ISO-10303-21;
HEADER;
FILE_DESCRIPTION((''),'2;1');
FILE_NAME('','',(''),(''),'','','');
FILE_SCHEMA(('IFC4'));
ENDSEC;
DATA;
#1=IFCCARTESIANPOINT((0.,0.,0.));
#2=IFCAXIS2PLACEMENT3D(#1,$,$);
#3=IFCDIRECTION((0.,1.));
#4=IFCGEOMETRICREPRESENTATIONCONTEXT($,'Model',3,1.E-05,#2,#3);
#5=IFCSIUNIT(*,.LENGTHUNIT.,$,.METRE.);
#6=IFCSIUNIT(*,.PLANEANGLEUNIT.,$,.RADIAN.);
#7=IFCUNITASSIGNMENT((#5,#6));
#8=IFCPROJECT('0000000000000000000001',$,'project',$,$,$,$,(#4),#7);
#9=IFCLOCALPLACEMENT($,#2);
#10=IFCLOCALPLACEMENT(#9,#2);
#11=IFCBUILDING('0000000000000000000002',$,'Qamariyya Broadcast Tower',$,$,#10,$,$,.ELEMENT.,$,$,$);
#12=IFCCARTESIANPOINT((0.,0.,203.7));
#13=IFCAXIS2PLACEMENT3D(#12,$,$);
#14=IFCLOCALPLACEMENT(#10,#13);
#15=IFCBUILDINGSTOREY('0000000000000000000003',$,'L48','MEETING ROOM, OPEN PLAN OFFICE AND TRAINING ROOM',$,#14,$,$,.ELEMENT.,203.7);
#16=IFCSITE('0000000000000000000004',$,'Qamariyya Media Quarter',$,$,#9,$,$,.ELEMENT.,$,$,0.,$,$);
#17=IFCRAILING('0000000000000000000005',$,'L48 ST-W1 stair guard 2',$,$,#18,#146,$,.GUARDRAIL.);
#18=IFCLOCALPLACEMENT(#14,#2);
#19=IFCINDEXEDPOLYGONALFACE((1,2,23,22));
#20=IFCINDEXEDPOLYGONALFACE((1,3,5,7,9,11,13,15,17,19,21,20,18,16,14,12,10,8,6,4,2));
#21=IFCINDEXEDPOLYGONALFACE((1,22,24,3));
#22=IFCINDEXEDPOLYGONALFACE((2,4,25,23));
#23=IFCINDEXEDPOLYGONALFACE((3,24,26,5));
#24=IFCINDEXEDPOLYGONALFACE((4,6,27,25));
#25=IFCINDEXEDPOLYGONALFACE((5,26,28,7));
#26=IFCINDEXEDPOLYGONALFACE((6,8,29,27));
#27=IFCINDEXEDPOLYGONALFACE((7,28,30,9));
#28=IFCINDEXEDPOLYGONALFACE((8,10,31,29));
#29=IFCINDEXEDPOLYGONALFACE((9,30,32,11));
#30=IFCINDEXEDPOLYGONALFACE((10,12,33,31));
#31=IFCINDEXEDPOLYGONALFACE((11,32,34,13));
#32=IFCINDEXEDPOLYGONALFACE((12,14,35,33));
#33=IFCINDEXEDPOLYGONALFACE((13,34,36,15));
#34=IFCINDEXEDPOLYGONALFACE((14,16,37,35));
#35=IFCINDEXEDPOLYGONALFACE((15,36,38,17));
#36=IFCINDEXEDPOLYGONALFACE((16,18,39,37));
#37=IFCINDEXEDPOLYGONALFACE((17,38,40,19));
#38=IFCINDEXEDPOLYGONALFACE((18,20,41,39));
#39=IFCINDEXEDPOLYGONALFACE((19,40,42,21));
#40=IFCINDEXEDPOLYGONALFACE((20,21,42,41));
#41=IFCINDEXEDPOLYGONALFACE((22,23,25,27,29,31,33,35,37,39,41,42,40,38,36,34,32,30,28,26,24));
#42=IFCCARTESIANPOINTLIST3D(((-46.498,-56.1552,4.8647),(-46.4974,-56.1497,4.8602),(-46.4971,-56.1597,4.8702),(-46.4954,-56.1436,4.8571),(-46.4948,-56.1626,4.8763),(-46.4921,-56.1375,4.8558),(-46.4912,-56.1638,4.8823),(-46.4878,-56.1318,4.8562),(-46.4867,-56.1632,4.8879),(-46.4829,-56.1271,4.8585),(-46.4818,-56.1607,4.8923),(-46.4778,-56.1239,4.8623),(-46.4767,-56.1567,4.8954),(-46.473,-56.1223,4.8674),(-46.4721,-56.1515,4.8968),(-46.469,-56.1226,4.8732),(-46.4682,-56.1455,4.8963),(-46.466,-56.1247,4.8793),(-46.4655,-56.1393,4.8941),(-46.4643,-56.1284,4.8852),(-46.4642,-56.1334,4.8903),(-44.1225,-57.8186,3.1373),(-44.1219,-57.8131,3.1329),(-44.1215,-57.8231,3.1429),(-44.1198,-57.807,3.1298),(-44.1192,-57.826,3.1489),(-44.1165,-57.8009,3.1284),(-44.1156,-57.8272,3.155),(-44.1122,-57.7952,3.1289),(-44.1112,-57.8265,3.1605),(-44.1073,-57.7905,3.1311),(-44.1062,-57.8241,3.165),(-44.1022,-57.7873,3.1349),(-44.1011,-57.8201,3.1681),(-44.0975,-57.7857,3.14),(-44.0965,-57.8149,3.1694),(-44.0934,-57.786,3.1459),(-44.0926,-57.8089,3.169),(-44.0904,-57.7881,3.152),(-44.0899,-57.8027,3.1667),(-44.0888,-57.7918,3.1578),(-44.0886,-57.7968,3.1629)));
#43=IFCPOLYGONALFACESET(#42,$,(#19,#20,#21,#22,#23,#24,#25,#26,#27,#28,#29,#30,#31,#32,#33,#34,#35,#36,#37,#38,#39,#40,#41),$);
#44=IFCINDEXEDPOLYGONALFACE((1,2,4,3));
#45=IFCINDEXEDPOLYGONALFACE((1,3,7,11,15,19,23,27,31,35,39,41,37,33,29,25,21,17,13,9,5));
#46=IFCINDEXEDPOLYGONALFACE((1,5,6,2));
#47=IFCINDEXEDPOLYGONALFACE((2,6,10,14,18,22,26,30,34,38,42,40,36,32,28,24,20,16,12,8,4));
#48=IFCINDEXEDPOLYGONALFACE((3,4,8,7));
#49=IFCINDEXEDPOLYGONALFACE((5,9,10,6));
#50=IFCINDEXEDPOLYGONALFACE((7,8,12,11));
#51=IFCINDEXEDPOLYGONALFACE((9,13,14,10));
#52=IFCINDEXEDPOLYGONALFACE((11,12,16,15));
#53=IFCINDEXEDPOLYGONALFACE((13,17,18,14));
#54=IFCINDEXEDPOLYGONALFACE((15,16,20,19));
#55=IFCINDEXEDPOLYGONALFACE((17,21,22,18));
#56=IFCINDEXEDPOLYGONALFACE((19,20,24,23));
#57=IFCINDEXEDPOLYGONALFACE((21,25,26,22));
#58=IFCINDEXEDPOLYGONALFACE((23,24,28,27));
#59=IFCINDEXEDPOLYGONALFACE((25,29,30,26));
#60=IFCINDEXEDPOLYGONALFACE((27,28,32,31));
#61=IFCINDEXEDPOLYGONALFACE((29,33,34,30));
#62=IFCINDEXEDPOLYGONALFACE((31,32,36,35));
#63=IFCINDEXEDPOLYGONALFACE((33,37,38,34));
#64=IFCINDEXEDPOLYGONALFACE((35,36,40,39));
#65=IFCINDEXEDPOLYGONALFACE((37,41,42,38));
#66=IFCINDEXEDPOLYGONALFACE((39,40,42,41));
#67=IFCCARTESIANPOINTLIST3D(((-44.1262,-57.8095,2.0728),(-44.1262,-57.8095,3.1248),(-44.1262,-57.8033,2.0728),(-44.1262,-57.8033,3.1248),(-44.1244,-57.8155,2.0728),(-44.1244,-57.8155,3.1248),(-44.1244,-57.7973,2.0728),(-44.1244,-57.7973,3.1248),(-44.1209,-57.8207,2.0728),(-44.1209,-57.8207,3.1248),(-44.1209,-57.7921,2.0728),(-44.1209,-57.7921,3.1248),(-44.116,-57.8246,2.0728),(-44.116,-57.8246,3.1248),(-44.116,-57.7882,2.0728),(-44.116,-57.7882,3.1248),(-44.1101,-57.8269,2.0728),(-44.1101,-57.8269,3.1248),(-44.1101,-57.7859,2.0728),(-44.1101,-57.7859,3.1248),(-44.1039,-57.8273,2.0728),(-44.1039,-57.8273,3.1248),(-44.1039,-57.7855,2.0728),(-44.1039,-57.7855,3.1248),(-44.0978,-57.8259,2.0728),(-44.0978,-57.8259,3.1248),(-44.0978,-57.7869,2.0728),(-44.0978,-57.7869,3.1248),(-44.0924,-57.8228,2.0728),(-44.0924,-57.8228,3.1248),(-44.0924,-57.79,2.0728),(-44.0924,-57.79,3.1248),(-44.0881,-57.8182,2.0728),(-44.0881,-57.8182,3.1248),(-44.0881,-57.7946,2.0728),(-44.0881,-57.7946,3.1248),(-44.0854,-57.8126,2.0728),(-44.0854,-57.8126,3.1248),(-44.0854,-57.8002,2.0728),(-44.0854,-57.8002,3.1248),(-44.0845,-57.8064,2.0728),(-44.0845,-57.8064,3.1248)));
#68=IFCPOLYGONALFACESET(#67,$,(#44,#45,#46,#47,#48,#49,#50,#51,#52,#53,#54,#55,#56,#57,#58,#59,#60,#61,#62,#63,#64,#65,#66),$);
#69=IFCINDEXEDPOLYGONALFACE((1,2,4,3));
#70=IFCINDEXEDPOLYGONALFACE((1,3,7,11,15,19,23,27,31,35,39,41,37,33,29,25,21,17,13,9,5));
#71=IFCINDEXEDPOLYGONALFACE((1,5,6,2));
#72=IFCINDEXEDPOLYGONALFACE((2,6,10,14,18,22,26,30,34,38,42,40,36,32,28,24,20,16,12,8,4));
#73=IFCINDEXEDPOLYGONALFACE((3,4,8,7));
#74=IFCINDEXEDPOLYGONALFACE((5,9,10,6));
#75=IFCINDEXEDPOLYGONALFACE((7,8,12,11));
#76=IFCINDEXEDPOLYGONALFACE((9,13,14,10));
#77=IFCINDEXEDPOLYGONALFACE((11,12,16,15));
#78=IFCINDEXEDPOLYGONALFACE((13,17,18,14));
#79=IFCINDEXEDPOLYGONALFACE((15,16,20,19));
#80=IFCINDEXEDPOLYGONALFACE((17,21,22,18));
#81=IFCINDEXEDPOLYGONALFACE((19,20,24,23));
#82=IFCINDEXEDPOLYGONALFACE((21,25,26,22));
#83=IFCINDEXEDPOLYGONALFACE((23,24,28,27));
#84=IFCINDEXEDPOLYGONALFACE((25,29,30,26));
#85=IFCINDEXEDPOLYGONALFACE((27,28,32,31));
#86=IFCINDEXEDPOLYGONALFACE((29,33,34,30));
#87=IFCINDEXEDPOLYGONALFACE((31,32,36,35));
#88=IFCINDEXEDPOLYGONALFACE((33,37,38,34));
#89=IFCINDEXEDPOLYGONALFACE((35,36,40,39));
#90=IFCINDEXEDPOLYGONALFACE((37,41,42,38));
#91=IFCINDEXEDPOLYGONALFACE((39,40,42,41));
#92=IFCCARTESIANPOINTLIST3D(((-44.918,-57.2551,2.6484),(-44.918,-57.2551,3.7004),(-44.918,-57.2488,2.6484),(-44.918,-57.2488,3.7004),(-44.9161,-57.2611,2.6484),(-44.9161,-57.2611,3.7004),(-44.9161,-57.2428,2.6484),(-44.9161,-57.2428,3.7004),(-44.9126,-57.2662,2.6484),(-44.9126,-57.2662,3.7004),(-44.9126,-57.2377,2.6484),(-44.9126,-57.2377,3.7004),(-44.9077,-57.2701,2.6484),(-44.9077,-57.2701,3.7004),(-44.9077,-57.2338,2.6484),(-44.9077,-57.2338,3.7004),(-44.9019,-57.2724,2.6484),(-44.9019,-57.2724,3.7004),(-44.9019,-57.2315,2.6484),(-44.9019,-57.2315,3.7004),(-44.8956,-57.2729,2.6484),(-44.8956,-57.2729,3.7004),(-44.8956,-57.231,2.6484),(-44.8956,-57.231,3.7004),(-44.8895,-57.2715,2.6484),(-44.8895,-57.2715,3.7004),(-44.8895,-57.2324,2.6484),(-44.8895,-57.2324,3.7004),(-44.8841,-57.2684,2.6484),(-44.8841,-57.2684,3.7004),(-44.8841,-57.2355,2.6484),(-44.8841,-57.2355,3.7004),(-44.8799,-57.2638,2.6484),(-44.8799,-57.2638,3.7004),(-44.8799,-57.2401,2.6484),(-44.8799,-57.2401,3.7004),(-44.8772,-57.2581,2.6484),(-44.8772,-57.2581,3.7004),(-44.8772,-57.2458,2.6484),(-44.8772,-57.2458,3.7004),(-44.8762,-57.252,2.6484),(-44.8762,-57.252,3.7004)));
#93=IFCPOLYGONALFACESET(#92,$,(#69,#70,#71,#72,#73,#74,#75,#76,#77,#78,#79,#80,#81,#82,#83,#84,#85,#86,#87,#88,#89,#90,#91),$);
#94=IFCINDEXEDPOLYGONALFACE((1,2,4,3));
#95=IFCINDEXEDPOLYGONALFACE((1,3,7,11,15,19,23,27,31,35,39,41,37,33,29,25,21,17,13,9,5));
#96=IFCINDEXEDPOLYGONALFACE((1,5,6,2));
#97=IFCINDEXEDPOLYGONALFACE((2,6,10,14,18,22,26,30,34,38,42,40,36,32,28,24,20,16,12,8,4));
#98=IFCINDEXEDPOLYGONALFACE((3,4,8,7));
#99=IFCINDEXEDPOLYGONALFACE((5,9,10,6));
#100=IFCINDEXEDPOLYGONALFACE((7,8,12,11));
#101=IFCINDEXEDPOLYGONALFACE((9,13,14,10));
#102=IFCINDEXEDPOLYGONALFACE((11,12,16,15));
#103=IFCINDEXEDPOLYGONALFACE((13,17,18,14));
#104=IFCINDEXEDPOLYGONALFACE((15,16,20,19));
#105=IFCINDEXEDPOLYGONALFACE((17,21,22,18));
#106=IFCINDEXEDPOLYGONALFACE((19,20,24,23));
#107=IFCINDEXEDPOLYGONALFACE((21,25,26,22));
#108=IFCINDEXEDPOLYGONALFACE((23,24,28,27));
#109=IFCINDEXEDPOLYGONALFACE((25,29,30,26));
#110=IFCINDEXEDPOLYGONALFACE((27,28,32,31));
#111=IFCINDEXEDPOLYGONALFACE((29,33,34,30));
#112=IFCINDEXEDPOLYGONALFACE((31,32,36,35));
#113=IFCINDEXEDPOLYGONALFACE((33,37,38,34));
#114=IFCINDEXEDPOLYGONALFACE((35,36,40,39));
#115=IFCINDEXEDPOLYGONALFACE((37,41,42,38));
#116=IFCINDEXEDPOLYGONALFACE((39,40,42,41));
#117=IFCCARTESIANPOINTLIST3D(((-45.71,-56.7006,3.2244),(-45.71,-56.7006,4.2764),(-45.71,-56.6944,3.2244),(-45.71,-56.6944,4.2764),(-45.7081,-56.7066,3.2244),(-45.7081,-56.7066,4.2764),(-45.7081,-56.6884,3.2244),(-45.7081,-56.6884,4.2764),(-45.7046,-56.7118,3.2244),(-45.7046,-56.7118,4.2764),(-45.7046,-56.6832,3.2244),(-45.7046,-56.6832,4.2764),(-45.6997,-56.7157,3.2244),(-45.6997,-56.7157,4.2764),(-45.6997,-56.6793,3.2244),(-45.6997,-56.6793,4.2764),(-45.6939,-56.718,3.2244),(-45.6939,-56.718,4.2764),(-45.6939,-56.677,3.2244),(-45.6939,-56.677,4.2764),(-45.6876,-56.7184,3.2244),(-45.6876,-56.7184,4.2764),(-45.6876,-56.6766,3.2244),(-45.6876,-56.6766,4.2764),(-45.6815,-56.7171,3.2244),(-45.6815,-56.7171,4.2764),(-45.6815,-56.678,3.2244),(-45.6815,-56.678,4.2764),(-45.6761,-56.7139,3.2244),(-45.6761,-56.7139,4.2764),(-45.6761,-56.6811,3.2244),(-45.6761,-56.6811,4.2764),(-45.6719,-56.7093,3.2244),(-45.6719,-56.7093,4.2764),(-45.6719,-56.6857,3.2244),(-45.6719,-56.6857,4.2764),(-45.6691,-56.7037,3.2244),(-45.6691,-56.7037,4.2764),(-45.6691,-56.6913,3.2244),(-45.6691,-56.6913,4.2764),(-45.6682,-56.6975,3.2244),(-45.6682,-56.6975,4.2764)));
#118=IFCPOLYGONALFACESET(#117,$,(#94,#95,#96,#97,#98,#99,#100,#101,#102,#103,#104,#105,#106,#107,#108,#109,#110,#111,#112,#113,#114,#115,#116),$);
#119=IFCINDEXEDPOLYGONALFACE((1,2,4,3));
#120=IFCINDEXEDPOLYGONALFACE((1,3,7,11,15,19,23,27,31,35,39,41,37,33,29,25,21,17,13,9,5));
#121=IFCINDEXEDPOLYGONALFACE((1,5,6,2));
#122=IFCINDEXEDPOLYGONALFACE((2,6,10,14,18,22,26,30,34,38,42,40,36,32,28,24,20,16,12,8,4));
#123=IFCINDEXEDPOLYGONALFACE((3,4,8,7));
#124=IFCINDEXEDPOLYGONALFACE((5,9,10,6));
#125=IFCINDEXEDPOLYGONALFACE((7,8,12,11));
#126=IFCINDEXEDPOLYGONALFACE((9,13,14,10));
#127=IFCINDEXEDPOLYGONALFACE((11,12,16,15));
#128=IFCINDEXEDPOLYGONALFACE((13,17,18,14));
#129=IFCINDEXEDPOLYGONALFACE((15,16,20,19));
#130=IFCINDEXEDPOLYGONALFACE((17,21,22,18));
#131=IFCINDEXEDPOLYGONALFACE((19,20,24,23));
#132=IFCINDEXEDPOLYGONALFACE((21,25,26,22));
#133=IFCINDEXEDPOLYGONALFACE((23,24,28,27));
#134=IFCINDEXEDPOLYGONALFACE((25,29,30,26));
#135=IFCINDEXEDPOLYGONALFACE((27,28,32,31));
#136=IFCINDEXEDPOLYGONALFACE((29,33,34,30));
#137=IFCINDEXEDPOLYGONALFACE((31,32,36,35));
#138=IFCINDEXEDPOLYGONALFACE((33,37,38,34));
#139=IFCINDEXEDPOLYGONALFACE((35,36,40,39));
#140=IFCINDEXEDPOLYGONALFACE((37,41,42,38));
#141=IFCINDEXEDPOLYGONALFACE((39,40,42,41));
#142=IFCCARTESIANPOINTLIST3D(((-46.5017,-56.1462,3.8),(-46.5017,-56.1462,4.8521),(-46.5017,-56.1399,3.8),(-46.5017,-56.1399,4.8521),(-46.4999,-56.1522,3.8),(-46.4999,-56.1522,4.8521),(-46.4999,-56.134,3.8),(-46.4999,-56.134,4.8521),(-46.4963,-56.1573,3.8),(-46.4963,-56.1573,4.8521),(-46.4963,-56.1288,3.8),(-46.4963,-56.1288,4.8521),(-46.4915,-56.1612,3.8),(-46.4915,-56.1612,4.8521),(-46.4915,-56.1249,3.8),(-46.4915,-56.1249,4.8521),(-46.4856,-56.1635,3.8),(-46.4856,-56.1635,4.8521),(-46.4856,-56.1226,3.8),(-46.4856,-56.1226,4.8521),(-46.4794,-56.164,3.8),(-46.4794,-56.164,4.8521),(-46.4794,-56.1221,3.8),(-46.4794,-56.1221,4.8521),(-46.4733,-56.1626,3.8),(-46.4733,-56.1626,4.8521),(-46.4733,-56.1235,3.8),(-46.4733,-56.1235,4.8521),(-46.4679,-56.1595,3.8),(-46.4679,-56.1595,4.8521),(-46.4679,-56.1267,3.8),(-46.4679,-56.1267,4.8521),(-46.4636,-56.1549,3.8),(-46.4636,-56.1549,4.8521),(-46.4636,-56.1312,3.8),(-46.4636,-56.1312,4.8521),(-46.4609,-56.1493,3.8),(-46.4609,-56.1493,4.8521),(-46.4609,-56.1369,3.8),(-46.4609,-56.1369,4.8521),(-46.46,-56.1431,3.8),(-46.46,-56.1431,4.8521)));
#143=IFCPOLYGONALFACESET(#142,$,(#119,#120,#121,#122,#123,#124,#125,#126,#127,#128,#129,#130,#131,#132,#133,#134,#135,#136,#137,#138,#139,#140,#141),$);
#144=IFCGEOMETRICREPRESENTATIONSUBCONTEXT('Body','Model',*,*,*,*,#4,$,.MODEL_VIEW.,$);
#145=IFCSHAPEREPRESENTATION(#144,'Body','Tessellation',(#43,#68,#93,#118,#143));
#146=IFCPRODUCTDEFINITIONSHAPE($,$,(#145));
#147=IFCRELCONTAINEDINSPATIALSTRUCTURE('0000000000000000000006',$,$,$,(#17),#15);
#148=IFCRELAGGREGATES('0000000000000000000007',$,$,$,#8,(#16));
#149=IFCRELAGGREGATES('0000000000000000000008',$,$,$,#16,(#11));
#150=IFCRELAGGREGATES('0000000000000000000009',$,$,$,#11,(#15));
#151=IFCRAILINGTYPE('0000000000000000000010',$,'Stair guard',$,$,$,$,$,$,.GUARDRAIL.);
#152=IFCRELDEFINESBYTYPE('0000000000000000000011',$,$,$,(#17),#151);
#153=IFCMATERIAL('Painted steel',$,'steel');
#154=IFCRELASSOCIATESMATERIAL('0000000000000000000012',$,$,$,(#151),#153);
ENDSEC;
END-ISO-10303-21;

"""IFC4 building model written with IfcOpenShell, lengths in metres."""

from ifc_helpers import new_model, si_unit, direction, frame, origin, origin_2d, place, context, subcontext, project, spatial, circle, extrude, material, type_object, element, save


model = new_model("IFC4")

# Units and contexts
model_context = context("Model", 3, precision=1e-05, world=origin(), true_north=direction((0.0, 1.0)))
body_context = subcontext(model_context, "Body", "Model", "MODEL_VIEW")
ifc_project = project(units=[si_unit("LENGTHUNIT", "METRE"), si_unit("PLANEANGLEUNIT", "RADIAN")], contexts=[model_context])

# Site, building, storey
site_placement = place(None, origin())
site = spatial("IfcSite", under=ifc_project, at=site_placement, Name="Qamariyya Media Quarter", CompositionType="ELEMENT", RefElevation=0.0)
building_placement = place(site_placement, origin())
building = spatial("IfcBuilding", under=site, at=building_placement, Name="Qamariyya Broadcast Tower", CompositionType="ELEMENT")
storey_placement = place(building_placement, frame((0.0, 0.0, 203.7)))
storey = spatial("IfcBuildingStorey", under=building, at=storey_placement, Name="L48", Description="MEETING ROOM, OPEN PLAN OFFICE AND TRAINING ROOM", CompositionType="ELEMENT", Elevation=203.7)

# Railing
ifc_material_1 = material(Name="Painted steel", Category="steel")
railing_type_1 = type_object("IfcRailingType", Name="Stair guard", PredefinedType="GUARDRAIL", material=ifc_material_1)
railing_1_placement = place(storey_placement, frame((-44.1055, -57.8064, 2.0728)))
element("IfcRailing", 1, at=railing_1_placement, inside=storey, type_object=railing_type_1, Name="L48 ST-W1 stair guard 2", PredefinedType="GUARDRAIL", context=body_context, shape_type="SweptSolid", body=[
    extrude(circle(Radius=0.0239, at=origin_2d()), frame((0.0, 0.0, 1.0762), z_axis=(-0.70377, 0.492784, 0.511734), x_axis=(-0.573575, -0.819153, 0.0)), (0.0, 0.0, 1.0), 3.3755),
    extrude(circle(Radius=0.021, at=origin_2d()), origin(), (0.0, 0.0, 1.0), 1.052),
    extrude(circle(Radius=0.021, at=origin_2d()), frame((-0.7917, 0.5544, 0.5757)), (0.0, 0.0, 1.0), 1.052),
    extrude(circle(Radius=0.021, at=origin_2d()), frame((-1.5837, 1.1089, 1.1516)), (0.0, 0.0, 1.0), 1.052),
    extrude(circle(Radius=0.021, at=origin_2d()), frame((-2.3755, 1.6633, 1.7273)), (0.0, 0.0, 1.0), 1.052),
])

save(model, "model.ifc")
